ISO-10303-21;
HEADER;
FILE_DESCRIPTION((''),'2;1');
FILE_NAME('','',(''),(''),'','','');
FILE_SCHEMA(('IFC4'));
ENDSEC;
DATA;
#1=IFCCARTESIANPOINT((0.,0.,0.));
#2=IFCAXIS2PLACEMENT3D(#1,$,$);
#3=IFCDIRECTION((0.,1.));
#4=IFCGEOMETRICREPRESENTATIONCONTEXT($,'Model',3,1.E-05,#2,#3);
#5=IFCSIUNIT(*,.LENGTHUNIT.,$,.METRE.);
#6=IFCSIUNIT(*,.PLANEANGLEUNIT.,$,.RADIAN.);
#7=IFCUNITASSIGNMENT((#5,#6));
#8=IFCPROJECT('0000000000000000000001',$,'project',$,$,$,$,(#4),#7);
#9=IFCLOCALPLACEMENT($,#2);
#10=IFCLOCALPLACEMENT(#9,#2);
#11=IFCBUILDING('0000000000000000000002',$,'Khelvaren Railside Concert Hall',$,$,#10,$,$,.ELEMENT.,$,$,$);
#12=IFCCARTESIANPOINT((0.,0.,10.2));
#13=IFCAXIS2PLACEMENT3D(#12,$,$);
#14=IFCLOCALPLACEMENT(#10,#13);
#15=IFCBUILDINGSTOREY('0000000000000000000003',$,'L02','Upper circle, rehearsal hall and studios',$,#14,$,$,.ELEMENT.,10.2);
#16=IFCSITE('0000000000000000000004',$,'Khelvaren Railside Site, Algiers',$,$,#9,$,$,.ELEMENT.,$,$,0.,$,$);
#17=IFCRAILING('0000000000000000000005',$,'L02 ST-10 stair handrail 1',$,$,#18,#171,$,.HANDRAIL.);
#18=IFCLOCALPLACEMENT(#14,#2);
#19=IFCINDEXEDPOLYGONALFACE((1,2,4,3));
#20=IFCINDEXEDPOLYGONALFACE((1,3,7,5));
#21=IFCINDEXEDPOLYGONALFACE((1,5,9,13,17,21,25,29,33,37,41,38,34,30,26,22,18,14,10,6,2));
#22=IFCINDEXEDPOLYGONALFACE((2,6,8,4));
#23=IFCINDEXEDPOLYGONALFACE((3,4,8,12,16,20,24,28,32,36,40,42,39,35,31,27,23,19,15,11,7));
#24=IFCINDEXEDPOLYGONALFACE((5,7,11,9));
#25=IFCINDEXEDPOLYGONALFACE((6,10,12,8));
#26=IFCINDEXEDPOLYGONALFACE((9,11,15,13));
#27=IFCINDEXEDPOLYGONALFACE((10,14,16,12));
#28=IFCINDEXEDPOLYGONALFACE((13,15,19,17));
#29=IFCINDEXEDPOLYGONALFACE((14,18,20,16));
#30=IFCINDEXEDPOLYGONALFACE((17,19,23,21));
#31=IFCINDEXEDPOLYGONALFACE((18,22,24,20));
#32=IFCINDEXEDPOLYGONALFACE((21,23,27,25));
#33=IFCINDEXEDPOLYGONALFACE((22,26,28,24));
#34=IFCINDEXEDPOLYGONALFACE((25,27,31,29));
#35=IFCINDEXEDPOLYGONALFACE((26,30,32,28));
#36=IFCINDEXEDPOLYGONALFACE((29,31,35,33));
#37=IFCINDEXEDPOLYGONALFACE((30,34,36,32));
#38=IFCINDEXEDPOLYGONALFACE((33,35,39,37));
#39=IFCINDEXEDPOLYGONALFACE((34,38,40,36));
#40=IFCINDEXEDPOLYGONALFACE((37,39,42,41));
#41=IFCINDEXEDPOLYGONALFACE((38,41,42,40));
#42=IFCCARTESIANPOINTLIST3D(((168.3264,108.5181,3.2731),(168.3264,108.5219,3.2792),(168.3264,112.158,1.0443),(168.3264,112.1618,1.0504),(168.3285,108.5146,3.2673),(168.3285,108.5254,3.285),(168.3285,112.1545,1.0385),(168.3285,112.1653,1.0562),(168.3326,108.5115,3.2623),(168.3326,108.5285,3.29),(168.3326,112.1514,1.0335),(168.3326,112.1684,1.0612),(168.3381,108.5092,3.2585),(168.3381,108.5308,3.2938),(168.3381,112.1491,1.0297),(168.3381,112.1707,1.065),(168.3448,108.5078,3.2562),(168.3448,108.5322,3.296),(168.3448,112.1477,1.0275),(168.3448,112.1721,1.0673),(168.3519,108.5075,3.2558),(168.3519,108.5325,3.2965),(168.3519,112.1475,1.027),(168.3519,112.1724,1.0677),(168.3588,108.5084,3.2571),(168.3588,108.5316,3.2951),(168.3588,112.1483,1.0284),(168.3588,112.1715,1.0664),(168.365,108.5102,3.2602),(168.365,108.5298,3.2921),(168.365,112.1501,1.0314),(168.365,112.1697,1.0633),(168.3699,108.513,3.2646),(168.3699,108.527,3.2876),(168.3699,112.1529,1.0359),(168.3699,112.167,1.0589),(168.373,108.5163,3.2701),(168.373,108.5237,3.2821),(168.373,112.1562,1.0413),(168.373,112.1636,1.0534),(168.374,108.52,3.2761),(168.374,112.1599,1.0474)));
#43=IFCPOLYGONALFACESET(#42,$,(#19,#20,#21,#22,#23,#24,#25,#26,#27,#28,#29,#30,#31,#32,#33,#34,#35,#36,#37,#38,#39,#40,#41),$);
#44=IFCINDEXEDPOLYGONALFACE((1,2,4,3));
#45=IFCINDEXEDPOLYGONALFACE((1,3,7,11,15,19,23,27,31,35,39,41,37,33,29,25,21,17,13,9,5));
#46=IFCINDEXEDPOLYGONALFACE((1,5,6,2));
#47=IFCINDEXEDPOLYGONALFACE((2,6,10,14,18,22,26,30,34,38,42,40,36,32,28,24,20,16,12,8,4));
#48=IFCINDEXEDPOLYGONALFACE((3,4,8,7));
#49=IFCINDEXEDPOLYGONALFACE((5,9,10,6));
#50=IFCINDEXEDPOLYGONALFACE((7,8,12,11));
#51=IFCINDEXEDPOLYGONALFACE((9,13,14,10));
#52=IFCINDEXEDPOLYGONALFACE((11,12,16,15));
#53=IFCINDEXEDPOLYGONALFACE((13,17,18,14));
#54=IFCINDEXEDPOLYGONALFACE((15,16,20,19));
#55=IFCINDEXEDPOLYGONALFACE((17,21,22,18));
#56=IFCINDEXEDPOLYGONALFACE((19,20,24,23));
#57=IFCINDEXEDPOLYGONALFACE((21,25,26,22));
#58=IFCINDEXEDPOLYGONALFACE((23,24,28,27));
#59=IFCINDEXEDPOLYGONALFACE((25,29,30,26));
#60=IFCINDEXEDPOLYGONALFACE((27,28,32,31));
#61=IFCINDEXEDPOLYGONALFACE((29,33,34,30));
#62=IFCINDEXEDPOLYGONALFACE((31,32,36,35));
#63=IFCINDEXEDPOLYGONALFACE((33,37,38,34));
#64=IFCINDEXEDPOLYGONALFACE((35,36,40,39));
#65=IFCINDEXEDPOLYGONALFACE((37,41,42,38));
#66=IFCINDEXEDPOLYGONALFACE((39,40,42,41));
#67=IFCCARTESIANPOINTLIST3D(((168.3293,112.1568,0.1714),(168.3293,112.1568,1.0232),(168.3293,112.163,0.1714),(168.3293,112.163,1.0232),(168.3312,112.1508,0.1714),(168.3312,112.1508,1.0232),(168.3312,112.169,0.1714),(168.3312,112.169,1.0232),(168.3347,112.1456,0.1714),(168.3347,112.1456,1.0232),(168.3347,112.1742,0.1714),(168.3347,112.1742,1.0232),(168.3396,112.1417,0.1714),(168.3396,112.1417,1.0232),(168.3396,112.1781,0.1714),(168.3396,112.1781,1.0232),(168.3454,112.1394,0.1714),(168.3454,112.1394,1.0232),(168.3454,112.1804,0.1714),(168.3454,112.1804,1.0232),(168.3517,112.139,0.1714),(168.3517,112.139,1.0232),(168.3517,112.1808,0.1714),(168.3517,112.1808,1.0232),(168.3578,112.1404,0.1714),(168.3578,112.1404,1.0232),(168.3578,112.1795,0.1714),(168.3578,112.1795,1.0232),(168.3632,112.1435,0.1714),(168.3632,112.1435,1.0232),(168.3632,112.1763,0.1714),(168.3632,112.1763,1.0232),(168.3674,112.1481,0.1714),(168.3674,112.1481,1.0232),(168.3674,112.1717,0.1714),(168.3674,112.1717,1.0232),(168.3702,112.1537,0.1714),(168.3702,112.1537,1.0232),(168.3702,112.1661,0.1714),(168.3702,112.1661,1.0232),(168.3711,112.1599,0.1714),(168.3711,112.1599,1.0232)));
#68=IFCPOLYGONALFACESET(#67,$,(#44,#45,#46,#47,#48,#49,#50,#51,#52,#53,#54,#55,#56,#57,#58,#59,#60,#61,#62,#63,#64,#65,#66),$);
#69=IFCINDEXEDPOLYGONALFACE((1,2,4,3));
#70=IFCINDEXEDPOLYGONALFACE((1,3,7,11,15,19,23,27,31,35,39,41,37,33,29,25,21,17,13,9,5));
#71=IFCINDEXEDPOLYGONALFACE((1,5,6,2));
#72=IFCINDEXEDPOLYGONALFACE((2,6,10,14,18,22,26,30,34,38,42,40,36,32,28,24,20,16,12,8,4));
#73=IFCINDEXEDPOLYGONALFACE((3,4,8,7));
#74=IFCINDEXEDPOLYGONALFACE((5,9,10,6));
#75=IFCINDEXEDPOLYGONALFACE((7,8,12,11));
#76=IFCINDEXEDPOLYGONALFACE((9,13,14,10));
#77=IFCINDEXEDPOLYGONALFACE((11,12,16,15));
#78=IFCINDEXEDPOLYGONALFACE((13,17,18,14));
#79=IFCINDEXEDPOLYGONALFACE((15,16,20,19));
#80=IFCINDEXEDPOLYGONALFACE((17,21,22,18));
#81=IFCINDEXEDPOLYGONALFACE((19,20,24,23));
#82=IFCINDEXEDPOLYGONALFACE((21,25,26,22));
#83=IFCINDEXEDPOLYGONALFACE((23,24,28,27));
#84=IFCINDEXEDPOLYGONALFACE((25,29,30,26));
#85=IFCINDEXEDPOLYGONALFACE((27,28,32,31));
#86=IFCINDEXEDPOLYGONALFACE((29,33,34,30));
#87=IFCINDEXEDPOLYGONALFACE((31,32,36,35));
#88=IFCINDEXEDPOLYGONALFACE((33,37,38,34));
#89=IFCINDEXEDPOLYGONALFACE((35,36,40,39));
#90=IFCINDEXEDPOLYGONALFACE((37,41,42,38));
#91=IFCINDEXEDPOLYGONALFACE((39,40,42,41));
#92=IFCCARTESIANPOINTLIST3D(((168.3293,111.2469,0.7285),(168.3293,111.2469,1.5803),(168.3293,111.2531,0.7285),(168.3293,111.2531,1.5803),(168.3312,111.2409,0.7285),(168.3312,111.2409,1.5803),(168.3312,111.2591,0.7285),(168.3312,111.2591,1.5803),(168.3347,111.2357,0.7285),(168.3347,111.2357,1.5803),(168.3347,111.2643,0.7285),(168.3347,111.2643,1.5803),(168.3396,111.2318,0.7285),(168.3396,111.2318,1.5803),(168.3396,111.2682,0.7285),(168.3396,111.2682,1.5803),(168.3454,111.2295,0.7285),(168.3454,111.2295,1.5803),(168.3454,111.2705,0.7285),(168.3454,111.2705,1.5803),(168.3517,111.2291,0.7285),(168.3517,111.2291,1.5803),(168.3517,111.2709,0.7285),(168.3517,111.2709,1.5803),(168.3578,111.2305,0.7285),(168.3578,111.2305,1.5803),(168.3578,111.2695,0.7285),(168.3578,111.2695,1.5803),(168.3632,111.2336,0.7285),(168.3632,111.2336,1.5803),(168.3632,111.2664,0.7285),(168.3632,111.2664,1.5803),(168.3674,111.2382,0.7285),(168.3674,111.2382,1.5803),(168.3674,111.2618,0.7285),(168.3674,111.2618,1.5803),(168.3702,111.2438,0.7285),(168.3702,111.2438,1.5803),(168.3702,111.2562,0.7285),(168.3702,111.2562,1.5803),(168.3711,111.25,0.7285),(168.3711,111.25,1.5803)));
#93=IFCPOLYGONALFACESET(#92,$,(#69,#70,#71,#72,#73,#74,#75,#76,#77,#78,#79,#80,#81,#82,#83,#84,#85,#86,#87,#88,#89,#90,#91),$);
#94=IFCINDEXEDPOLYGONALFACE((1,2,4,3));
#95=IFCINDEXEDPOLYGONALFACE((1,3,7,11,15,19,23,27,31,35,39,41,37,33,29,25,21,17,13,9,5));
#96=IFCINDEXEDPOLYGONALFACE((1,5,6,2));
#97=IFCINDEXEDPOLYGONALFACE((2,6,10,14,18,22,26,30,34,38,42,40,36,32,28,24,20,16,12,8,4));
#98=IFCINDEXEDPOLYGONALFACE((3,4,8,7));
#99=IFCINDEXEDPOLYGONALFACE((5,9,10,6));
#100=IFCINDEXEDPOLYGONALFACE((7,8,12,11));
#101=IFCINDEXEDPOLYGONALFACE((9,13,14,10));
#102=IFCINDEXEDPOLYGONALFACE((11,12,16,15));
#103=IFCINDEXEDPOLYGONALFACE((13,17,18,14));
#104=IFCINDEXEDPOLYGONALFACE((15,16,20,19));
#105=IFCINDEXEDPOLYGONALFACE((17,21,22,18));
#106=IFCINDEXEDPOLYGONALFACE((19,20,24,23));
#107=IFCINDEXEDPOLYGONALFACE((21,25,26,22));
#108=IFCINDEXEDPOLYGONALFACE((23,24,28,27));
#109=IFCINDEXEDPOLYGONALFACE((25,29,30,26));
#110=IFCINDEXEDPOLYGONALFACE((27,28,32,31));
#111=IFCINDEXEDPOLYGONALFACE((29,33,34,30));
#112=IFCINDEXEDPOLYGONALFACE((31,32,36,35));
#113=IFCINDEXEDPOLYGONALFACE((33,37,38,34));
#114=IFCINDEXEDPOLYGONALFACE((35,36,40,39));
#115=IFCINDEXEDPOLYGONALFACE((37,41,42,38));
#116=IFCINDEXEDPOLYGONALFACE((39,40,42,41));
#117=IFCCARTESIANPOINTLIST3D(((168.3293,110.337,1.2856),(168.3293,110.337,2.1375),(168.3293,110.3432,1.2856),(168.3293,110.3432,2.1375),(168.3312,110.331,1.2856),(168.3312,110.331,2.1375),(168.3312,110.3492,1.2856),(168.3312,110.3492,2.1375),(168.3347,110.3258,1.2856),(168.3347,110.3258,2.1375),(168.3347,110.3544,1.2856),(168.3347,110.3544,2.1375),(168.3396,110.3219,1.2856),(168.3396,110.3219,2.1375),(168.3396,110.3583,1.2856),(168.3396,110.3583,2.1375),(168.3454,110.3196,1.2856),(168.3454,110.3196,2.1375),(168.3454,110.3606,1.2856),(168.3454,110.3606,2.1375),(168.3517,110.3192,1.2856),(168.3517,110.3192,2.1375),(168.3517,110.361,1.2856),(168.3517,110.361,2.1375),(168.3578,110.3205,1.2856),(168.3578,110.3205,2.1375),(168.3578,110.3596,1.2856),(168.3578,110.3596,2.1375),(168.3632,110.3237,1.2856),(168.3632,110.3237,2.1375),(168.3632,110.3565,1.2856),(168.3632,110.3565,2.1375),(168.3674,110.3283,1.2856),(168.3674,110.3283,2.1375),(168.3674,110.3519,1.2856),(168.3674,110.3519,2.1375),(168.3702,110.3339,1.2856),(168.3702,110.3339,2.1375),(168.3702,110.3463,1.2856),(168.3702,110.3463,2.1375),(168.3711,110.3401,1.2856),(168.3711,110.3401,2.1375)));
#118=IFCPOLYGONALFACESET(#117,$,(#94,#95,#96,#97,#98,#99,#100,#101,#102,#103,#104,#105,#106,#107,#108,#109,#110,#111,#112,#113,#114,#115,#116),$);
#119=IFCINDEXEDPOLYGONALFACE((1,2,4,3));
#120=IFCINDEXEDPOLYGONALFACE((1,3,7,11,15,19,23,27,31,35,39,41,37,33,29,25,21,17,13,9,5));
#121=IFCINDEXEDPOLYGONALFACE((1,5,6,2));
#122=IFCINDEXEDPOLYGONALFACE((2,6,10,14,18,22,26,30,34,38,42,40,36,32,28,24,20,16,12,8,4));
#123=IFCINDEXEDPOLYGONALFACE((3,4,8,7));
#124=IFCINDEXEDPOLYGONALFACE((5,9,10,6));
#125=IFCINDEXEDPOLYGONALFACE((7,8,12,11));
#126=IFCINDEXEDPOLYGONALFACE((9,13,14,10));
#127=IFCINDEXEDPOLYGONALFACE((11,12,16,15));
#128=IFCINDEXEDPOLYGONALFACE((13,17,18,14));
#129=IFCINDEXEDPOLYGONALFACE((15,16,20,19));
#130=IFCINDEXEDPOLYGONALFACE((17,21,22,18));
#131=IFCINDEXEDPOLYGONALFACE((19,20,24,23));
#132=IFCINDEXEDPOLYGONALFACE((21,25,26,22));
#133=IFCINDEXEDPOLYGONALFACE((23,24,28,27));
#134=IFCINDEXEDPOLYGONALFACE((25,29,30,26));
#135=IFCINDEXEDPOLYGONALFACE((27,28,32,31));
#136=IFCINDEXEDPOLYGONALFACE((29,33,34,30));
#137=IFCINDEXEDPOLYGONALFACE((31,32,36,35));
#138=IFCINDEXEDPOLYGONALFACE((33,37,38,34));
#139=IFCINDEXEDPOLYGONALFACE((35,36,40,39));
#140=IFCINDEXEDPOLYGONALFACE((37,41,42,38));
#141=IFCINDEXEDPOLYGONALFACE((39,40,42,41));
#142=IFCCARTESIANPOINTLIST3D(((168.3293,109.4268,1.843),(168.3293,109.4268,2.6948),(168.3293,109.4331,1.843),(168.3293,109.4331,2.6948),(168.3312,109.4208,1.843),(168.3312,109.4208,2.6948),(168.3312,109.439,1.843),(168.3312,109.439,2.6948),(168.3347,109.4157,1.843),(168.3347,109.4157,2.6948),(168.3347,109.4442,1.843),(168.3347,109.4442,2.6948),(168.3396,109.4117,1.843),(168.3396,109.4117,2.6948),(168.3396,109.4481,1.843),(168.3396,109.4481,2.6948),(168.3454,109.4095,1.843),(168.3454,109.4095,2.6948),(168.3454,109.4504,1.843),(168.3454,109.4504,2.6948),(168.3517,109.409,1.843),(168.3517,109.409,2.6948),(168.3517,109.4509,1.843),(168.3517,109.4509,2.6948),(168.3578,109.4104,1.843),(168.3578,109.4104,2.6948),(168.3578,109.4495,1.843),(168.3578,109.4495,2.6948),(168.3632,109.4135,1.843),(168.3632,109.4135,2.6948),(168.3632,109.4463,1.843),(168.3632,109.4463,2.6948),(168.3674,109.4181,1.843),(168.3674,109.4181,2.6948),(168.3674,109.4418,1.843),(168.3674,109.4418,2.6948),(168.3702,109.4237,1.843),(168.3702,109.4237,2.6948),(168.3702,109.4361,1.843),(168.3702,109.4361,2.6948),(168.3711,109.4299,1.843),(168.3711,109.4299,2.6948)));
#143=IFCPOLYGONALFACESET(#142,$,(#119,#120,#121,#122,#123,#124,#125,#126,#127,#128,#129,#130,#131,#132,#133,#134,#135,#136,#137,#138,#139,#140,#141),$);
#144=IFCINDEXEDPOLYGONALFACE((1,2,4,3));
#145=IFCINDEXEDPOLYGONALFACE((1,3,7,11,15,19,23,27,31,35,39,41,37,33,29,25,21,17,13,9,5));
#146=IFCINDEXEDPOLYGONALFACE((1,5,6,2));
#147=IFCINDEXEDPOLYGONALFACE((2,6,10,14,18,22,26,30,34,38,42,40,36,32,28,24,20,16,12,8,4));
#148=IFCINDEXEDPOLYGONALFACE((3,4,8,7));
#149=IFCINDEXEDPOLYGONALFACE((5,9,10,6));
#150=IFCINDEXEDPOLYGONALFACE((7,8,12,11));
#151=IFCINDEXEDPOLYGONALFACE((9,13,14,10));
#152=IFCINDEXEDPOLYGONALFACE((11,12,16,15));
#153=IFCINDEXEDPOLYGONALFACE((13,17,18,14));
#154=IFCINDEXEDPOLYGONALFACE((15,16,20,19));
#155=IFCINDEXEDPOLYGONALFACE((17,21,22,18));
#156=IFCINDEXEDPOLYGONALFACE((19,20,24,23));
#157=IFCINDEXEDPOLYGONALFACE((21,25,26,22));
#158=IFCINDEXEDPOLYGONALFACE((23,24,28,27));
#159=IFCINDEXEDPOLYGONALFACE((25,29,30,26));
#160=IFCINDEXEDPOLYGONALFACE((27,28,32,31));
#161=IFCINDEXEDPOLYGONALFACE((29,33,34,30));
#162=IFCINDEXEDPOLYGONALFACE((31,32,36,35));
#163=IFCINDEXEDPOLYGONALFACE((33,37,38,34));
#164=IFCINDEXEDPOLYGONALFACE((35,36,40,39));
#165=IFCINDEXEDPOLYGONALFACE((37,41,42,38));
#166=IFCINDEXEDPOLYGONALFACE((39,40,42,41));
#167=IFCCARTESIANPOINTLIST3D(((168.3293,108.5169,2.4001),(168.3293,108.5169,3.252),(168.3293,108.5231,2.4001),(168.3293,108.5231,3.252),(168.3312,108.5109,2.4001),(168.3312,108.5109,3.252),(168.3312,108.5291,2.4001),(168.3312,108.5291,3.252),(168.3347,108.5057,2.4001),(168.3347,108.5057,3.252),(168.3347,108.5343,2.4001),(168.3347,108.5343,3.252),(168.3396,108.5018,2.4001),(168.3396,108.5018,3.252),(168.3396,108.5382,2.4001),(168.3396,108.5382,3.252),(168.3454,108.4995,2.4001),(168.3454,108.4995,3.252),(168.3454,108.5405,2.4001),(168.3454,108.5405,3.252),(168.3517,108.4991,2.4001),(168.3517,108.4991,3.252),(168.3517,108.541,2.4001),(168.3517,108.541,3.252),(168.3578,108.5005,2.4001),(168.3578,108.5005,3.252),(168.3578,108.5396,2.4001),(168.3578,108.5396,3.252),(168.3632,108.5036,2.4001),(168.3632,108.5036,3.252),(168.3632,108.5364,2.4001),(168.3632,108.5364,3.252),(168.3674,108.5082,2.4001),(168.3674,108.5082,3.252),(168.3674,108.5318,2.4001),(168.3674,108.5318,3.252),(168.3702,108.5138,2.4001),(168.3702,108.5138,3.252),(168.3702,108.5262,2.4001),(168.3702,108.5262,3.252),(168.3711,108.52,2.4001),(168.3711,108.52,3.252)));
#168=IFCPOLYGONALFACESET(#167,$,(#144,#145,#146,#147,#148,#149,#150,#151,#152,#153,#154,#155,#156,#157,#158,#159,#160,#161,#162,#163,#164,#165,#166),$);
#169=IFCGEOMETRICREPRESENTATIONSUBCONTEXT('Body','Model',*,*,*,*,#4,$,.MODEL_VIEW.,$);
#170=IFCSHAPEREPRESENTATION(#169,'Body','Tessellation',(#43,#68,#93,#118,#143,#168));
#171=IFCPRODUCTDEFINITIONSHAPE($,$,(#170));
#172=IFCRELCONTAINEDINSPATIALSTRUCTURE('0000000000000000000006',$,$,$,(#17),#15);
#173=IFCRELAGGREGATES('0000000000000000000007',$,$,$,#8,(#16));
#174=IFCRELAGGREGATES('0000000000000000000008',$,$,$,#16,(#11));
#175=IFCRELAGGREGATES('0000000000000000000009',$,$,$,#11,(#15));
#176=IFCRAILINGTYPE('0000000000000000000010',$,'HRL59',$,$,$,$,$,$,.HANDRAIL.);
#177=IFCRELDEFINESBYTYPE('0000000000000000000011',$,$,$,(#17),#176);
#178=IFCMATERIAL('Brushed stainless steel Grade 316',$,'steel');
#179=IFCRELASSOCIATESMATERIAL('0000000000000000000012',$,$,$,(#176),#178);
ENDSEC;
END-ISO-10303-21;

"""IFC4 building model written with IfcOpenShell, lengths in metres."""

from ifc_helpers import new_model, si_unit, direction, frame, origin, origin_2d, place, context, subcontext, project, spatial, circle, extrude, material, type_object, element, save


model = new_model("IFC4")

# Units and contexts
model_context = context("Model", 3, precision=1e-05, world=origin(), true_north=direction((0.0, 1.0)))
body_context = subcontext(model_context, "Body", "Model", "MODEL_VIEW")
ifc_project = project(units=[si_unit("LENGTHUNIT", "METRE"), si_unit("PLANEANGLEUNIT", "RADIAN")], contexts=[model_context])

# Site, building, storey
site_placement = place(None, origin())
site = spatial("IfcSite", under=ifc_project, at=site_placement, Name="Khelvaren Railside Site, Algiers", CompositionType="ELEMENT", RefElevation=0.0)
building_placement = place(site_placement, origin())
building = spatial("IfcBuilding", under=site, at=building_placement, Name="Khelvaren Railside Concert Hall", CompositionType="ELEMENT")
storey_placement = place(building_placement, frame((0.0, 0.0, 10.2)))
storey = spatial("IfcBuildingStorey", under=building, at=storey_placement, Name="L02", Description="Upper circle, rehearsal hall and studios", CompositionType="ELEMENT", Elevation=10.2)

# Railing
ifc_material_1 = material(Name="Brushed stainless steel Grade 316", Category="steel")
railing_type_1 = type_object("IfcRailingType", Name="HRL59", PredefinedType="HANDRAIL", material=ifc_material_1)
railing_1_placement = place(storey_placement, frame((168.3501, 112.1599, 0.1714)))
element("IfcRailing", 1, at=railing_1_placement, inside=storey, type_object=railing_type_1, Name="L02 ST-10 stair handrail 1", PredefinedType="HANDRAIL", context=body_context, shape_type="SweptSolid", body=[
    extrude(circle(Radius=0.0239, at=origin_2d()), frame((0.0, 0.0, 0.876), z_axis=(0.0, -0.852825, 0.522197), x_axis=(1.0, 0.0, 0.0)), (0.0, 0.0, 1.0), 4.2681),
    extrude(circle(Radius=0.021, at=origin_2d()), origin(), (0.0, 0.0, 1.0), 0.8518),
    extrude(circle(Radius=0.021, at=origin_2d()), frame((0.0, -0.9099, 0.5571)), (0.0, 0.0, 1.0), 0.8518),
    extrude(circle(Radius=0.021, at=origin_2d()), frame((0.0, -1.8198, 1.1143)), (0.0, 0.0, 1.0), 0.8518),
    extrude(circle(Radius=0.021, at=origin_2d()), frame((0.0, -2.73, 1.6716)), (0.0, 0.0, 1.0), 0.8518),
    extrude(circle(Radius=0.021, at=origin_2d()), frame((0.0, -3.6399, 2.2288)), (0.0, 0.0, 1.0), 0.8518),
])

save(model, "model.ifc")
